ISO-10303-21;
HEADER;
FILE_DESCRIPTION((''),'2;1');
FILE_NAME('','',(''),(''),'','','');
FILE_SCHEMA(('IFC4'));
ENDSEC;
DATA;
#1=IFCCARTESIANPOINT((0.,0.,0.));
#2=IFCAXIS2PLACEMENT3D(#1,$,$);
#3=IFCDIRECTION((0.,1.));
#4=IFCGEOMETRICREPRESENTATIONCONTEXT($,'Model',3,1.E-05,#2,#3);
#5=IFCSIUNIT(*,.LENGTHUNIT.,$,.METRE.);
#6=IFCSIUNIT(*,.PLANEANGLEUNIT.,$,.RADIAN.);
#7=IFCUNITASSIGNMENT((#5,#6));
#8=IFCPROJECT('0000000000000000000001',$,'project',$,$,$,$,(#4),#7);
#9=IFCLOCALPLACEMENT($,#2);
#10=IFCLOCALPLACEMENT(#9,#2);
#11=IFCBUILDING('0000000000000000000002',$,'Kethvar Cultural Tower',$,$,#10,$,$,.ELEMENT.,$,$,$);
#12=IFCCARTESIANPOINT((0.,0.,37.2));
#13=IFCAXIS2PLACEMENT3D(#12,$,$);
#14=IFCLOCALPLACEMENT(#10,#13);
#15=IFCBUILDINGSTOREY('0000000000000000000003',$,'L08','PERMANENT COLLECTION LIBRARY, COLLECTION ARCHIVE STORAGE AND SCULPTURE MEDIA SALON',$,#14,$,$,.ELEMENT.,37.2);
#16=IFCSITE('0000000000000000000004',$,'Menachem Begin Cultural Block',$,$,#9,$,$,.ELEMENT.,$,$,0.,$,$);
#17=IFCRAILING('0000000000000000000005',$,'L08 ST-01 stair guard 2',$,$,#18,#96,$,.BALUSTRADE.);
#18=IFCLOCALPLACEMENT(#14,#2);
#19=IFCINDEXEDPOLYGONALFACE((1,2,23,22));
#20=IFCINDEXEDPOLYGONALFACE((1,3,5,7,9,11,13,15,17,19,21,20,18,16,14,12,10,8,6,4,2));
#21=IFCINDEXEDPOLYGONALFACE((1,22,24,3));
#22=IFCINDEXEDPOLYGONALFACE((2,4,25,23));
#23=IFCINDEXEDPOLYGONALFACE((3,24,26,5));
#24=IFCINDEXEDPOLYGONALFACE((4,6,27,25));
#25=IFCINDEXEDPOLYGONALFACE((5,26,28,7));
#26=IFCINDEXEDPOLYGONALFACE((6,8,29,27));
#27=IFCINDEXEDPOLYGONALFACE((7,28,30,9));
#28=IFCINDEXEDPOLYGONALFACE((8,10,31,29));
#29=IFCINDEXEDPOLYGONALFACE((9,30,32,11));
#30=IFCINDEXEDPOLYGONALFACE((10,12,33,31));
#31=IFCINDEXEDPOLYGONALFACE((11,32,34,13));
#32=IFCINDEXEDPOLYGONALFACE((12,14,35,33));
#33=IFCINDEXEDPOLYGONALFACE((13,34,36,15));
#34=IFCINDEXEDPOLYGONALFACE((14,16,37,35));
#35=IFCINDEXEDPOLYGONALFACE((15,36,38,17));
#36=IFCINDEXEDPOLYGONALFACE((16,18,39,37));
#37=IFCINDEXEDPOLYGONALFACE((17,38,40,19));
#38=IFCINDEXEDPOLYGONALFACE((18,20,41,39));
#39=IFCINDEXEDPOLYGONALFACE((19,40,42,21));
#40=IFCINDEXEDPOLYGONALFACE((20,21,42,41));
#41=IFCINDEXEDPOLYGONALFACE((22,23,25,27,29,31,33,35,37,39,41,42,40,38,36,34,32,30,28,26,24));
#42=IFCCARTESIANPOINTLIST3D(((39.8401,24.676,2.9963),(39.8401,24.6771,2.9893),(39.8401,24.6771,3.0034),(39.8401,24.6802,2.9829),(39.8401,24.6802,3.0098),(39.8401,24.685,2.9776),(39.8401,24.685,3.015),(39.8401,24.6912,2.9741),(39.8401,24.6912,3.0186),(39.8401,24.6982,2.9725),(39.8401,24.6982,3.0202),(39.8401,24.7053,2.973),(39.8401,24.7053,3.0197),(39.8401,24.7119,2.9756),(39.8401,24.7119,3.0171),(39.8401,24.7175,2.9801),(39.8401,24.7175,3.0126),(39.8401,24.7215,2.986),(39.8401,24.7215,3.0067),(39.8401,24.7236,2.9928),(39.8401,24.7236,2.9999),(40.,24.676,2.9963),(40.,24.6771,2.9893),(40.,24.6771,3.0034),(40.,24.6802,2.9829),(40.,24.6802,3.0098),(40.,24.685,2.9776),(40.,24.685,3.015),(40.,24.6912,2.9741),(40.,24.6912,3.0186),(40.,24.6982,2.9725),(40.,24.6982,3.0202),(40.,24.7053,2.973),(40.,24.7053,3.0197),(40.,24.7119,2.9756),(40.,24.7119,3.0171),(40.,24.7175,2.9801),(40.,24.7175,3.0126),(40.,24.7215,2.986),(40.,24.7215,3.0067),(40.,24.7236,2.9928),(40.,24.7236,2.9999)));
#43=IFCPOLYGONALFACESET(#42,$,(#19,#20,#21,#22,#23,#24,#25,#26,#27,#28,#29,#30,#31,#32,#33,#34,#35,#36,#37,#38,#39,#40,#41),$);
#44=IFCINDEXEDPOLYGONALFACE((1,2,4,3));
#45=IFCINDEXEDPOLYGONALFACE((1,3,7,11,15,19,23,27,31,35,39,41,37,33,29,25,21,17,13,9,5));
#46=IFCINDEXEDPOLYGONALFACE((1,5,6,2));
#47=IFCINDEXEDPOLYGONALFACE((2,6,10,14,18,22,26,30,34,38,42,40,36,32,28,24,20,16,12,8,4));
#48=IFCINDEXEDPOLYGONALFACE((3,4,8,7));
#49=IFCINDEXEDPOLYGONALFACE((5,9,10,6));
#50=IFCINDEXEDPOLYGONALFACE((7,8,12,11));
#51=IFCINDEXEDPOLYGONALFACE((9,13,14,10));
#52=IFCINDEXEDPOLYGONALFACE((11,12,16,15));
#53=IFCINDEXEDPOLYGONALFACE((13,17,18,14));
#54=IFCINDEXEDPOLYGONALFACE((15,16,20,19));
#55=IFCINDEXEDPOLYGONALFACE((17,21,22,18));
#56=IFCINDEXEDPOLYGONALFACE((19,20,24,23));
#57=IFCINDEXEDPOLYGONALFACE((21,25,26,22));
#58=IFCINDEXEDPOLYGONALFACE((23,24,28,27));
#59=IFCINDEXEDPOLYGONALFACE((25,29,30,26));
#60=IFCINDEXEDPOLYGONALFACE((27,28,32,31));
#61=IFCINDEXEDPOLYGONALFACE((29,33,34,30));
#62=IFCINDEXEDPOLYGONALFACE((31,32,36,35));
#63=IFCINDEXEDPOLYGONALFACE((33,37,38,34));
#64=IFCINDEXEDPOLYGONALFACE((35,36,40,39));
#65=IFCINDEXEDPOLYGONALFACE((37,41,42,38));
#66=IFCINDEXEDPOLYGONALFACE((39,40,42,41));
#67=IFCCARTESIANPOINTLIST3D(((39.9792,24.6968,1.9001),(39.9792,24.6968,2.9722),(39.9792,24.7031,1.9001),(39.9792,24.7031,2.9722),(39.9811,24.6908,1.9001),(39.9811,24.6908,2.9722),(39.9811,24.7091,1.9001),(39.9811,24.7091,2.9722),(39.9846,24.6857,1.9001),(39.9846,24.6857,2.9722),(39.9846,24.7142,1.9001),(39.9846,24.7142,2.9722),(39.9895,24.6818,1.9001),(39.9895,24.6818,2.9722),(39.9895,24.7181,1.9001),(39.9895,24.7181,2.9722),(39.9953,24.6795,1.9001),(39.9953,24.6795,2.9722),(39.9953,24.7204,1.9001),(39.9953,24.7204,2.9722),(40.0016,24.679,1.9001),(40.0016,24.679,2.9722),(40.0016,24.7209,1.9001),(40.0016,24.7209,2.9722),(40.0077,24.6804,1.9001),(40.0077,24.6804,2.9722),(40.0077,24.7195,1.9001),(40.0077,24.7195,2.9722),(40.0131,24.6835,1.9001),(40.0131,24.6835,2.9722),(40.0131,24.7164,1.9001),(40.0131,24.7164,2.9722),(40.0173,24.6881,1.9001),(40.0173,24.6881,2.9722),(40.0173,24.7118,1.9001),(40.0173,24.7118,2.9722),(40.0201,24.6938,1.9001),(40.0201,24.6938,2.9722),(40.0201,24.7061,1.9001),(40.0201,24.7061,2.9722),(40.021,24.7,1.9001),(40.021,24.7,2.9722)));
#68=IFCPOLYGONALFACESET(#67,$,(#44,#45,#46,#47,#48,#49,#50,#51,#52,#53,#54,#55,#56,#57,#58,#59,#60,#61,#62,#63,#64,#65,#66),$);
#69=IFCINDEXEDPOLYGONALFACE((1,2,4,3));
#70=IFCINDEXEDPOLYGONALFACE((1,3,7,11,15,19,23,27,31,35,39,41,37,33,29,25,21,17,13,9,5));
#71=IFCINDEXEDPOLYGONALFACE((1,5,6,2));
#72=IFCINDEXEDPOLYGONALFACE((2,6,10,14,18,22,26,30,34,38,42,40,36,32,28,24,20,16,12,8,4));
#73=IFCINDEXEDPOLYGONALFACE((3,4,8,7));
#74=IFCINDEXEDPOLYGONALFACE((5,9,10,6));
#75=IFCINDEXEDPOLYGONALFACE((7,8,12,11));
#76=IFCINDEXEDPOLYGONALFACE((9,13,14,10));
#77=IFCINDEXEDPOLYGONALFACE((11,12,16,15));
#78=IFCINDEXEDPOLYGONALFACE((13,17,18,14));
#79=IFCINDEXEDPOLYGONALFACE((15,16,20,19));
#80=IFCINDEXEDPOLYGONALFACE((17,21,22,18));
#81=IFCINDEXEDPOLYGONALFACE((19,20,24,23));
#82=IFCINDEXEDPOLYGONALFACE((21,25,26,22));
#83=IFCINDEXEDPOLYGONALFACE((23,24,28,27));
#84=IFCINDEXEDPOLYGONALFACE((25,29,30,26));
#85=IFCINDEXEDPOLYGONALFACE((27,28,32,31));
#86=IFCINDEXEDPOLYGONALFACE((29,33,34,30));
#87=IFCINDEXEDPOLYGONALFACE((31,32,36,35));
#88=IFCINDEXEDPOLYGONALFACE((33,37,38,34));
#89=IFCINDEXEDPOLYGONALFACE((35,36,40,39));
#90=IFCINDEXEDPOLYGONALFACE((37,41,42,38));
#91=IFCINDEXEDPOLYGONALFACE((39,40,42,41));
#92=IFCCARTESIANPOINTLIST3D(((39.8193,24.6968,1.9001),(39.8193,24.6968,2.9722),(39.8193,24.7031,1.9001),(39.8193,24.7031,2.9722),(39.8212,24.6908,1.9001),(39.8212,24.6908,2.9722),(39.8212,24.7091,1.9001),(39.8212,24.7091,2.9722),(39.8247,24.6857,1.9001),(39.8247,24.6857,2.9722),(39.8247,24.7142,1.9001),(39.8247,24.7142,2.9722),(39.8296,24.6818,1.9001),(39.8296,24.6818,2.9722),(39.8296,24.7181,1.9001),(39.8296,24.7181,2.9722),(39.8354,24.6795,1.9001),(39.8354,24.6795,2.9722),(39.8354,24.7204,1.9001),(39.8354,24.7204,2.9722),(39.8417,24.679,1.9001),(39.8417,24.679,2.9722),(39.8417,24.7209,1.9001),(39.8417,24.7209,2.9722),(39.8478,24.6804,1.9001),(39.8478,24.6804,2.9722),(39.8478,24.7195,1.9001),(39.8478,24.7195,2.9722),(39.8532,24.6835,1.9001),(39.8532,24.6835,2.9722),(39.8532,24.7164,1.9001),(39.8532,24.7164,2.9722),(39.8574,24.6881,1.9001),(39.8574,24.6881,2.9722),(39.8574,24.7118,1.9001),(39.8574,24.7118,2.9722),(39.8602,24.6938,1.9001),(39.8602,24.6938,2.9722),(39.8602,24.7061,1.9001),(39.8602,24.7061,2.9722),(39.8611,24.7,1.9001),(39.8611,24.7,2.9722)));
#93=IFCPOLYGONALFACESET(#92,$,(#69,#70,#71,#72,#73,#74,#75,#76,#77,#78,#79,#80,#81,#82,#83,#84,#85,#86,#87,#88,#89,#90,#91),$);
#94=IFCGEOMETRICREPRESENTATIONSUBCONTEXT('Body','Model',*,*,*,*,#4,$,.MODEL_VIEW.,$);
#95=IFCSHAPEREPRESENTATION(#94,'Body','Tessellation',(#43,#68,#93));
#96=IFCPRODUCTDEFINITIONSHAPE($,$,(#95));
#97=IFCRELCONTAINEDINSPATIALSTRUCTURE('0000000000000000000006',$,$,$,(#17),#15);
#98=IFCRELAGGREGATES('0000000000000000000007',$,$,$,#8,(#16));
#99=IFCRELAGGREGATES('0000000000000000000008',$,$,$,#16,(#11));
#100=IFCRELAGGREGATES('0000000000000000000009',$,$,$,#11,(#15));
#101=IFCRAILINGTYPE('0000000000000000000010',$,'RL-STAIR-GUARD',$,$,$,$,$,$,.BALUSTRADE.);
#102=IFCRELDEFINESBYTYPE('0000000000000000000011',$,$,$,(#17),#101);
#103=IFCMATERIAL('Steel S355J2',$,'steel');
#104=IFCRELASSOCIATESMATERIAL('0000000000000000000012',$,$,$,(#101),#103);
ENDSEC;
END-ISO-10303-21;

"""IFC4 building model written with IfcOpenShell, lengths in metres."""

from ifc_helpers import new_model, si_unit, direction, frame, origin, origin_2d, place, context, subcontext, project, spatial, circle, extrude, material, type_object, element, save


model = new_model("IFC4")

# Units and contexts
model_context = context("Model", 3, precision=1e-05, world=origin(), true_north=direction((0.0, 1.0)))
body_context = subcontext(model_context, "Body", "Model", "MODEL_VIEW")
ifc_project = project(units=[si_unit("LENGTHUNIT", "METRE"), si_unit("PLANEANGLEUNIT", "RADIAN")], contexts=[model_context])

# Site, building, storey
site_placement = place(None, origin())
site = spatial("IfcSite", under=ifc_project, at=site_placement, Name="Menachem Begin Cultural Block", CompositionType="ELEMENT", RefElevation=0.0)
building_placement = place(site_placement, origin())
building = spatial("IfcBuilding", under=site, at=building_placement, Name="Kethvar Cultural Tower", CompositionType="ELEMENT")
storey_placement = place(building_placement, frame((0.0, 0.0, 37.2)))
storey = spatial("IfcBuildingStorey", under=building, at=storey_placement, Name="L08", Description="PERMANENT COLLECTION LIBRARY, COLLECTION ARCHIVE STORAGE AND SCULPTURE MEDIA SALON", CompositionType="ELEMENT", Elevation=37.2)

# Shared definitions
ifc_material_1 = material(Name="Steel S355J2", Category="steel")

# Railing
railing_type_1 = type_object("IfcRailingType", Name="RL-STAIR-GUARD", PredefinedType="BALUSTRADE", material=ifc_material_1)
railing_1_placement = place(storey_placement, frame((40.0, 24.7, 1.9001)))
element("IfcRailing", 1, at=railing_1_placement, inside=storey, type_object=railing_type_1, Name="L08 ST-01 stair guard 2", PredefinedType="BALUSTRADE", context=body_context, shape_type="SweptSolid", body=[
    extrude(circle(Radius=0.0239, at=origin_2d()), frame((0.0, 0.0, 1.0962), z_axis=(-1.0, 0.0, 0.0), x_axis=(0.0, -1.0, 0.0)), (0.0, 0.0, 1.0), 0.1599),
    extrude(circle(Radius=0.021, at=origin_2d()), origin(), (0.0, 0.0, 1.0), 1.072),
    extrude(circle(Radius=0.021, at=origin_2d()), frame((-0.1599, 0.0, 0.0)), (0.0, 0.0, 1.0), 1.072),
])

save(model, "model.ifc")
